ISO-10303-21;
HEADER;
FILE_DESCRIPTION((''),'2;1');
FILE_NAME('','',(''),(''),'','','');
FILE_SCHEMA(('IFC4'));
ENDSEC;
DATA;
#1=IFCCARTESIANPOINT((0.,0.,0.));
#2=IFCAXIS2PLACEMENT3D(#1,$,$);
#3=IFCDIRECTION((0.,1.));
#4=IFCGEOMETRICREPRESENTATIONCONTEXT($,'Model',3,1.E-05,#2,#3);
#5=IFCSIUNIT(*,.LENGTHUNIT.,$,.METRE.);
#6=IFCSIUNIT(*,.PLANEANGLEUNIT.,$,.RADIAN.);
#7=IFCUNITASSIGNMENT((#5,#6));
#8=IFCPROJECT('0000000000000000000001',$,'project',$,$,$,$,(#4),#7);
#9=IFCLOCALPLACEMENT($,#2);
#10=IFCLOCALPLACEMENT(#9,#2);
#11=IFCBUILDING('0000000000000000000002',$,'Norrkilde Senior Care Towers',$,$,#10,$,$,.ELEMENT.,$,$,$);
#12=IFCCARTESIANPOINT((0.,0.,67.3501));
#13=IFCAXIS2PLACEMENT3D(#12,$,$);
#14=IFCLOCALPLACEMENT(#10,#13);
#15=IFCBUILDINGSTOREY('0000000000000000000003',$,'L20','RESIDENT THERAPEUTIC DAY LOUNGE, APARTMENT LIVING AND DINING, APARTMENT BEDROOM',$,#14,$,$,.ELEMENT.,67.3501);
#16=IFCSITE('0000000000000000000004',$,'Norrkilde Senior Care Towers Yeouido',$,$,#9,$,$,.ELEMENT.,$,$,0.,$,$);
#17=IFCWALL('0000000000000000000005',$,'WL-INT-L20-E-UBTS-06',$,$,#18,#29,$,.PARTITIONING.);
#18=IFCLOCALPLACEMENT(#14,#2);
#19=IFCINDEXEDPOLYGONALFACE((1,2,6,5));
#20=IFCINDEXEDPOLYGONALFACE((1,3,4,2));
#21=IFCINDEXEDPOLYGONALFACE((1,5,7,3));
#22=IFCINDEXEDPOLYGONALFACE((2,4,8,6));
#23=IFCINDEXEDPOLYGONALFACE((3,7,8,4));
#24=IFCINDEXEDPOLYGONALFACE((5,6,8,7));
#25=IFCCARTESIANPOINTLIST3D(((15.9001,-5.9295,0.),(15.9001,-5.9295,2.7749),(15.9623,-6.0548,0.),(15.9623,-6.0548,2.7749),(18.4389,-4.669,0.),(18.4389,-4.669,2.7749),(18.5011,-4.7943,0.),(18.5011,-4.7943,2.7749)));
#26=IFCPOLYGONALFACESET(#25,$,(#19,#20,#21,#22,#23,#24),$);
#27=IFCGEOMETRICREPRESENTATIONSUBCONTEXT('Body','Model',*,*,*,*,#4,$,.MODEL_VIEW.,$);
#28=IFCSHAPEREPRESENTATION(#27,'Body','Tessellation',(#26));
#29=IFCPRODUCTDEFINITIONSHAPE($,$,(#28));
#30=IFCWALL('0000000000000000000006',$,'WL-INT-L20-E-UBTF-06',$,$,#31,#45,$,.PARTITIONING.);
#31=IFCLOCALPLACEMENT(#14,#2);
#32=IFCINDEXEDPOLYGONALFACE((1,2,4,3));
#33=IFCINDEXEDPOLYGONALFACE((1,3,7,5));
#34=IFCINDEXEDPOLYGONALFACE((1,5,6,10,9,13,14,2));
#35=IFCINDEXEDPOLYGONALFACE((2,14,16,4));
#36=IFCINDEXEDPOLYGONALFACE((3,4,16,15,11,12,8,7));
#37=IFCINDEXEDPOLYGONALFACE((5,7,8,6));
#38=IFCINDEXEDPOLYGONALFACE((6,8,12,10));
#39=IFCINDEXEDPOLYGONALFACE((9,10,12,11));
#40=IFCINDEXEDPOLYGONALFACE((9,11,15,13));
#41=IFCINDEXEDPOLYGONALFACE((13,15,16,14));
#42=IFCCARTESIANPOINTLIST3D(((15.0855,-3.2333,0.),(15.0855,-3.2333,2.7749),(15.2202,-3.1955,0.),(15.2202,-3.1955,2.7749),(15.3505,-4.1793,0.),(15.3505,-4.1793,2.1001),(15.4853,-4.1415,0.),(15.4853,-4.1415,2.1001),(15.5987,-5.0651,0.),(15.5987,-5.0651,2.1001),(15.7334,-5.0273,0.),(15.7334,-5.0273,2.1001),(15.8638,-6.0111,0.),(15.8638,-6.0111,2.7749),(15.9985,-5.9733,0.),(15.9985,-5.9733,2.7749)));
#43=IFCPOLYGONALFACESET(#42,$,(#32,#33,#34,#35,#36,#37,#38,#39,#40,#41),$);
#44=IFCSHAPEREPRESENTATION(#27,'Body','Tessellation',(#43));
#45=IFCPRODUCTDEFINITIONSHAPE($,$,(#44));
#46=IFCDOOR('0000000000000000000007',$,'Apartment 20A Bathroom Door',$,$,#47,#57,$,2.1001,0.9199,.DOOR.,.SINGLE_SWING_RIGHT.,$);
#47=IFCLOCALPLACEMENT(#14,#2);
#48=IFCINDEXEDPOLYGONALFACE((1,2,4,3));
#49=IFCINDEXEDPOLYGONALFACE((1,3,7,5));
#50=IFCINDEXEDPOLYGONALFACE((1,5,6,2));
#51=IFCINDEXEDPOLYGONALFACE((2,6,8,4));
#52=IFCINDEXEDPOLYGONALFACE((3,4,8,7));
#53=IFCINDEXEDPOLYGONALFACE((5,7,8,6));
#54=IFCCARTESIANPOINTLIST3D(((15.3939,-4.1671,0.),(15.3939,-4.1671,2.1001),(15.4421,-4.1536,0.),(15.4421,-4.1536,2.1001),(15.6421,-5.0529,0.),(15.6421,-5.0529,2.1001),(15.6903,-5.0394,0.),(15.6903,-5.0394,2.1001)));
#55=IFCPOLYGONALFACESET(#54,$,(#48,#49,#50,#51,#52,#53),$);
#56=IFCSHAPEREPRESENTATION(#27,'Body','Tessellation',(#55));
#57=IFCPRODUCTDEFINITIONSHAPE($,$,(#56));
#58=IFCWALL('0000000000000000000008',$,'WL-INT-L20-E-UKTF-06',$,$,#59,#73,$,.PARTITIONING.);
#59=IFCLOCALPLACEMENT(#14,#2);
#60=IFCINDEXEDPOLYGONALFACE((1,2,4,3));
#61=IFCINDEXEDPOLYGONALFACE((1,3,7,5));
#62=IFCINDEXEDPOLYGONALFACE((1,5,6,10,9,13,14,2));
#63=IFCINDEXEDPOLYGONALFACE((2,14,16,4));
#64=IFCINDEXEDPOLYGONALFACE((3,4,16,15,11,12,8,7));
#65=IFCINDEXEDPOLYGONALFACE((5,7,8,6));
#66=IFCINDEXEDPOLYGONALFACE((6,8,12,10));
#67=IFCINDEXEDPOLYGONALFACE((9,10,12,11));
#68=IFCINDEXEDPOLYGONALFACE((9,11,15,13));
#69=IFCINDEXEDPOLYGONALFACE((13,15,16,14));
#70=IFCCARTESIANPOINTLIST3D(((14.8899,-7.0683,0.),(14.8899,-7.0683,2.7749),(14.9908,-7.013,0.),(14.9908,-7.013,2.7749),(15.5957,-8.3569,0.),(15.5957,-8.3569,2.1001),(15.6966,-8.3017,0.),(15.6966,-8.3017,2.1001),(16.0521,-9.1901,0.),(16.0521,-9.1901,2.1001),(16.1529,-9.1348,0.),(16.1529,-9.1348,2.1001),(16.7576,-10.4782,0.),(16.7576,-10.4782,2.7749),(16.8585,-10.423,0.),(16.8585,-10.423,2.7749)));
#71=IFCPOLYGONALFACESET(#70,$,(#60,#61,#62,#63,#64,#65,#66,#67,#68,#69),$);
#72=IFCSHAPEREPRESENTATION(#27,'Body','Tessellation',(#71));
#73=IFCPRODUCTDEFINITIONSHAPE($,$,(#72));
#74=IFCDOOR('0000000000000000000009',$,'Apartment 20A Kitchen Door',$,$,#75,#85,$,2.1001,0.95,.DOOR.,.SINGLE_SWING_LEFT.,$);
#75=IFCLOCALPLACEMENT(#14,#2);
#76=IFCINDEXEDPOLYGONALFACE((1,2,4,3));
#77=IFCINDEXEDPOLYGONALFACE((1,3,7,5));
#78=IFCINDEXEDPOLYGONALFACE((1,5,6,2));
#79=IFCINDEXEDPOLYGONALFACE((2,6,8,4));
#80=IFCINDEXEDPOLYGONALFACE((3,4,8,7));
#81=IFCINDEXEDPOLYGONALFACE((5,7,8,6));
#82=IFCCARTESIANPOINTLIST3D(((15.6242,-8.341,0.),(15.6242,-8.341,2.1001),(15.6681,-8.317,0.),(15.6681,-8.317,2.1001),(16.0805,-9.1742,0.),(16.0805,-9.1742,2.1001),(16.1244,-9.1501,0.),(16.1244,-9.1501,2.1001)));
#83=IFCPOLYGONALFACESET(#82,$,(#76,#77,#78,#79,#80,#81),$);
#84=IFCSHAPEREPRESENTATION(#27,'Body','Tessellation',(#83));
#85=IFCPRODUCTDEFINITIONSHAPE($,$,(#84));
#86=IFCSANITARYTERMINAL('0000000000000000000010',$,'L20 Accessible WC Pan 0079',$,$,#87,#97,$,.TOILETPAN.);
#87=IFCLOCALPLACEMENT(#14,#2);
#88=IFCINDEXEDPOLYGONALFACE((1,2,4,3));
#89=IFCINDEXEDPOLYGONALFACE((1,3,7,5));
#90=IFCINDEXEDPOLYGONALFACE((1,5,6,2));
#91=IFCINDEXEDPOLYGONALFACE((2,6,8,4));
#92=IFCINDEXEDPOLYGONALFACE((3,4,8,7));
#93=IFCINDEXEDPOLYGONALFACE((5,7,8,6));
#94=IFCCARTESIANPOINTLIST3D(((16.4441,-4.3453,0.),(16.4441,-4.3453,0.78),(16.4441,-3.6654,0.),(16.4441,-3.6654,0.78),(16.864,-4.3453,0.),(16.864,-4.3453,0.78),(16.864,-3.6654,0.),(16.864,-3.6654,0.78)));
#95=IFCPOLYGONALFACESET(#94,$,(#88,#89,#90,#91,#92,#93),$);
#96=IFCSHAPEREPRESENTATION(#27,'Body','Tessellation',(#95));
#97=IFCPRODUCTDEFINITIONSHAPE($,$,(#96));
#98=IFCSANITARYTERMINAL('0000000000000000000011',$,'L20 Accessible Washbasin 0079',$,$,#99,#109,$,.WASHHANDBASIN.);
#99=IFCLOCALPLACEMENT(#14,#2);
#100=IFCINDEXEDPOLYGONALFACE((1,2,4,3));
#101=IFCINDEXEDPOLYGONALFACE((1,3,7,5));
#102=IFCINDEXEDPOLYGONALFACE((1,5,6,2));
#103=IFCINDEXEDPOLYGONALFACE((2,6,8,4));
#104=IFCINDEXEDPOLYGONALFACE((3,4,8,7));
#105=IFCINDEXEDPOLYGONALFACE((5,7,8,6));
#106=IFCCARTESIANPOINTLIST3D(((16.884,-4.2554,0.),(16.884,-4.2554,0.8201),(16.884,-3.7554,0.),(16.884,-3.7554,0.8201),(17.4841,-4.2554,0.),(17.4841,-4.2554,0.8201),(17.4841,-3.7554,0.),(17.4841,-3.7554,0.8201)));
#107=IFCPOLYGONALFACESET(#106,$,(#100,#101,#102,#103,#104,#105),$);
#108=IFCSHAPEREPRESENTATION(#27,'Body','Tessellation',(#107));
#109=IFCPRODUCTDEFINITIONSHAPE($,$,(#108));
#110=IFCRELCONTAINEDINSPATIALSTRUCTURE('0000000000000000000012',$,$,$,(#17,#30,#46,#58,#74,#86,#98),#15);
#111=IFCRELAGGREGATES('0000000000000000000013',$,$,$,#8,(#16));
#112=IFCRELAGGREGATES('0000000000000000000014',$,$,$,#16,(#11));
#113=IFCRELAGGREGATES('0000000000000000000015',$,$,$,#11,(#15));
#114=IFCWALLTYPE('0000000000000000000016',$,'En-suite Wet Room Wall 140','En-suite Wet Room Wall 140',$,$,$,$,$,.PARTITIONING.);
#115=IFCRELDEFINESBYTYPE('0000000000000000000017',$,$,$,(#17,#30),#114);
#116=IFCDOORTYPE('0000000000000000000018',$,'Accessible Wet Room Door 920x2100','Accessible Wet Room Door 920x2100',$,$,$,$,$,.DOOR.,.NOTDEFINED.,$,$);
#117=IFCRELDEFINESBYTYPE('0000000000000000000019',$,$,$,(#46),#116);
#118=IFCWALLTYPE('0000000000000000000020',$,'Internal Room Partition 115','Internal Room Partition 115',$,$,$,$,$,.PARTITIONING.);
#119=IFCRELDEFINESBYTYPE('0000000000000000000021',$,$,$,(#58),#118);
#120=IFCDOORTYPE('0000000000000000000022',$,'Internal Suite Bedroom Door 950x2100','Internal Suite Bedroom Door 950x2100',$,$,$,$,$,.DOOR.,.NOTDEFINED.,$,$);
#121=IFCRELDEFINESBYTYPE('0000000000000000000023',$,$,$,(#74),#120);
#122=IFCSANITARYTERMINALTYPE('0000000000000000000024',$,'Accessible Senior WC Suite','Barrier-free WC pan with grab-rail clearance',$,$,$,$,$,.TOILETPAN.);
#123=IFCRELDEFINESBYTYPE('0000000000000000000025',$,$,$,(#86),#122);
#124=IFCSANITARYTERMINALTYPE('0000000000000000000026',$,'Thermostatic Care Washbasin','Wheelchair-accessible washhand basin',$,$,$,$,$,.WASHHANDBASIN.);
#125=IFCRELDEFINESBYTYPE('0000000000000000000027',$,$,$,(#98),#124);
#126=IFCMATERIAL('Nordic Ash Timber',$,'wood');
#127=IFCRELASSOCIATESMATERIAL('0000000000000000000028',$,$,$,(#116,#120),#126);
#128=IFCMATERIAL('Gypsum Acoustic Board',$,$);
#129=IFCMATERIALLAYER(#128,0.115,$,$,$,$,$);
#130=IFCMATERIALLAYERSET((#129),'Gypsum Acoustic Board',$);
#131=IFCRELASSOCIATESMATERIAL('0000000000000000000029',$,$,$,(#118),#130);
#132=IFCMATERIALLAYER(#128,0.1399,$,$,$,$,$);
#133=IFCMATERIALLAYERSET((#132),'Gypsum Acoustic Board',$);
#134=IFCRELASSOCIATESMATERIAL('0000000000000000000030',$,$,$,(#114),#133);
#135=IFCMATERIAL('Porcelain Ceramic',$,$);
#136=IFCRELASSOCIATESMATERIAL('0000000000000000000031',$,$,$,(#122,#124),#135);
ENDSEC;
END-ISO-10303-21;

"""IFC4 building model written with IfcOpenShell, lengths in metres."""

from ifc_helpers import new_model, si_unit, direction, frame, frame_2d, origin, origin_2d, place, context, subcontext, project, spatial, rectangle, extrude, source, transform, mapped, material, layer, layer_set, type_object, type_shapes, element, fill, save


model = new_model("IFC4")

# Units and contexts
model_context = context("Model", 3, precision=1e-05, world=origin(), true_north=direction((0.0, 1.0)))
body_context = subcontext(model_context, "Body", "Model", "MODEL_VIEW")
ifc_project = project(units=[si_unit("LENGTHUNIT", "METRE"), si_unit("PLANEANGLEUNIT", "RADIAN")], contexts=[model_context])

# Site, building, storey
site_placement = place(None, origin())
site = spatial("IfcSite", under=ifc_project, at=site_placement, Name="Norrkilde Senior Care Towers Yeouido", CompositionType="ELEMENT", RefElevation=0.0)
building_placement = place(site_placement, origin())
building = spatial("IfcBuilding", under=site, at=building_placement, Name="Norrkilde Senior Care Towers", CompositionType="ELEMENT")
storey_placement = place(building_placement, frame((0.0, 0.0, 67.3501)))
storey = spatial("IfcBuildingStorey", under=building, at=storey_placement, Name="L20", Description="RESIDENT THERAPEUTIC DAY LOUNGE, APARTMENT LIVING AND DINING, APARTMENT BEDROOM", CompositionType="ELEMENT", Elevation=67.3501)

# Shared definitions
ifc_material_1 = material(Name="Gypsum Acoustic Board")
ifc_material_2 = material(Name="Nordic Ash Timber", Category="wood")
door_type_1 = type_object("IfcDoorType", Name="Accessible Wet Room Door 920x2100", Description="Accessible Wet Room Door 920x2100", OperationType="NOTDEFINED", PredefinedType="DOOR", material=ifc_material_2)
shared_shape_1 = source(origin(), body_context, "Body", "SweptSolid", [
    extrude(rectangle(XDim=0.9199, YDim=2.1001, at=frame_2d((0.46, 1.05))), frame((0.0, 0.0249, 0.0), z_axis=(0.0, -1.0, 0.0), x_axis=(1.0, 0.0, 0.0)), (0.0, 0.0, 1.0), 0.05),
])
type_shapes(door_type_1, [shared_shape_1])

# Wall
ifc_layer_1 = layer(ifc_material_1, 0.115)
ifc_layer_set_1 = layer_set([ifc_layer_1], Name="Gypsum Acoustic Board")
wall_type_1 = type_object("IfcWallType", Name="Internal Room Partition 115", Description="Internal Room Partition 115", PredefinedType="PARTITIONING", material=ifc_layer_set_1)
ifc_layer_2 = layer(ifc_material_1, 0.1399)
ifc_layer_set_2 = layer_set([ifc_layer_2], Name="Gypsum Acoustic Board")
wall_type_2 = type_object("IfcWallType", Name="En-suite Wet Room Wall 140", Description="En-suite Wet Room Wall 140", PredefinedType="PARTITIONING", material=ifc_layer_set_2)
shared_shape_2 = source(origin(), body_context, "Body", "SweptSolid", [
    extrude(rectangle(XDim=2.8345, YDim=0.1399, at=frame_2d((1.4172, 0.0))), origin(), (0.0, 0.0, 1.0), 2.7749),
])
wall_1_placement = place(storey_placement, frame((18.47, -4.7317, 0.0), z_axis=(0.0, 0.0, 1.0), x_axis=(-0.895681, -0.444697, 0.0)))
element("IfcWall", 1, at=wall_1_placement, inside=storey, type_object=wall_type_2, Name="WL-INT-L20-E-UBTS-06", PredefinedType="PARTITIONING", context=body_context, shape_type="MappedRepresentation", body=[
    mapped(shared_shape_2, transform((0.0, 0.0, 0.0), x_axis=(1.0, 0.0, 0.0), y_axis=(0.0, 1.0, 0.0), z_axis=(0.0, 0.0, 1.0), scale=1.0)),
])

# Walls, openings, doors
shared_shape_3 = source(origin(), body_context, "Body", "SweptSolid", [
    extrude(rectangle(XDim=2.8848, YDim=0.1399, at=frame_2d((1.4424, 0.0))), origin(), (0.0, 0.0, 1.0), 2.7749),
])
type_shapes(wall_type_2, [shared_shape_2, shared_shape_3])
wall_2_placement = place(storey_placement, frame((15.9312, -5.9922, 0.0), z_axis=(0.0, 0.0, 1.0), x_axis=(-0.269799, 0.962917, 0.0)))
wall_2 = element("IfcWall", 2, at=wall_2_placement, inside=storey, type_object=wall_type_2, Name="WL-INT-L20-E-UBTF-06", PredefinedType="PARTITIONING", context=body_context, shape_type="MappedRepresentation", body=[
    mapped(shared_shape_3, transform((0.0, 0.0, 0.0), x_axis=(1.0, 0.0, 0.0), y_axis=(0.0, 1.0, 0.0), z_axis=(0.0, 0.0, 1.0), scale=1.0)),
])
opening_1_placement = place(wall_2_placement, frame((0.9824, 0.0, 0.0)))
opening_1 = element("IfcOpeningElement", 3, at=opening_1_placement, cuts=wall_2, PredefinedType="OPENING", context=body_context, shape_type="SweptSolid", body=[
    extrude(rectangle(XDim=0.9199, YDim=2.1001, at=frame_2d((0.46, 1.05))), frame((0.0, 0.0798, 0.0), z_axis=(0.0, -1.0, 0.0), x_axis=(1.0, 0.0, 0.0)), (0.0, 0.0, 1.0), 0.1599),
])
door_1_placement = place(opening_1_placement, origin())
door_1 = element("IfcDoor", 4, at=door_1_placement, inside=storey, type_object=door_type_1, Name="Apartment 20A Bathroom Door", OperationType="SINGLE_SWING_RIGHT", OverallHeight=2.1001, OverallWidth=0.9199, PredefinedType="DOOR", context=body_context, shape_type="MappedRepresentation", body=[
    mapped(shared_shape_1, transform((0.0, 0.0, 0.0), x_axis=(1.0, 0.0, 0.0), y_axis=(0.0, 1.0, 0.0), z_axis=(0.0, 0.0, 1.0), scale=1.0)),
])
fill(opening_1, door_1)
shared_shape_4 = source(origin(), body_context, "Body", "SweptSolid", [
    extrude(rectangle(XDim=3.8879, YDim=0.115, at=frame_2d((1.9438, 0.0))), origin(), (0.0, 0.0, 1.0), 2.7749),
])
wall_3_placement = place(storey_placement, frame((14.9404, -7.0408, 0.0), z_axis=(0.0, 0.0, 1.0), x_axis=(0.480382, -0.877059, 0.0)))
wall_3 = element("IfcWall", 5, at=wall_3_placement, inside=storey, type_object=wall_type_1, Name="WL-INT-L20-E-UKTF-06", PredefinedType="PARTITIONING", context=body_context, shape_type="MappedRepresentation", body=[
    mapped(shared_shape_4, transform((0.0, 0.0, 0.0), x_axis=(1.0, 0.0, 0.0), y_axis=(0.0, 1.0, 0.0), z_axis=(0.0, 0.0, 1.0), scale=1.0)),
])
opening_2_placement = place(wall_3_placement, frame((1.469, 0.0, 0.0)))
opening_2 = element("IfcOpeningElement", 6, at=opening_2_placement, cuts=wall_3, PredefinedType="OPENING", context=body_context, shape_type="SweptSolid", body=[
    extrude(rectangle(XDim=0.95, YDim=2.1001, at=frame_2d((0.4751, 1.05))), frame((0.0, 0.0674, 0.0), z_axis=(0.0, -1.0, 0.0), x_axis=(1.0, 0.0, 0.0)), (0.0, 0.0, 1.0), 0.135),
])
door_type_2 = type_object("IfcDoorType", Name="Internal Suite Bedroom Door 950x2100", Description="Internal Suite Bedroom Door 950x2100", OperationType="NOTDEFINED", PredefinedType="DOOR", material=ifc_material_2)
shared_shape_5 = source(origin(), body_context, "Body", "SweptSolid", [
    extrude(rectangle(XDim=0.95, YDim=2.1001, at=frame_2d((0.4751, 1.05))), frame((0.0, 0.0249, 0.0), z_axis=(0.0, -1.0, 0.0), x_axis=(1.0, 0.0, 0.0)), (0.0, 0.0, 1.0), 0.05),
])
type_shapes(door_type_2, [shared_shape_5])
door_2_placement = place(opening_2_placement, frame((0.95, 0.0, 0.0), z_axis=(0.0, 0.0, 1.0), x_axis=(-1.0, 0.0, 0.0)))
door_2 = element("IfcDoor", 7, at=door_2_placement, inside=storey, type_object=door_type_2, Name="Apartment 20A Kitchen Door", OperationType="SINGLE_SWING_LEFT", OverallHeight=2.1001, OverallWidth=0.95, PredefinedType="DOOR", context=body_context, shape_type="MappedRepresentation", body=[
    mapped(shared_shape_5, transform((0.0, 0.0, 0.0), x_axis=(1.0, 0.0, 0.0), y_axis=(0.0, 1.0, 0.0), z_axis=(0.0, 0.0, 1.0), scale=1.0)),
])
fill(opening_2, door_2)

# Sanitary terminals
ifc_material_3 = material(Name="Porcelain Ceramic")
sanitary_terminal_type_1 = type_object("IfcSanitaryTerminalType", Name="Accessible Senior WC Suite", Description="Barrier-free WC pan with grab-rail clearance", PredefinedType="TOILETPAN", material=ifc_material_3)
shared_shape_6 = source(origin(), body_context, "Body", "SweptSolid", [
    extrude(rectangle(XDim=0.4199, YDim=0.6799, at=origin_2d()), origin(), (0.0, 0.0, 1.0), 0.78),
])
type_shapes(sanitary_terminal_type_1, [shared_shape_6])
sanitary_terminal_1_placement = place(storey_placement, frame((16.6541, -4.0054, 0.0), z_axis=(0.0, 0.0, 1.0), x_axis=(1.0, 0.0, 0.0)))
element("IfcSanitaryTerminal", 8, at=sanitary_terminal_1_placement, inside=storey, type_object=sanitary_terminal_type_1, Name="L20 Accessible WC Pan 0079", PredefinedType="TOILETPAN", context=body_context, shape_type="MappedRepresentation", body=[
    mapped(shared_shape_6, transform((0.0, 0.0, 0.0), x_axis=(1.0, 0.0, 0.0), y_axis=(0.0, 1.0, 0.0), z_axis=(0.0, 0.0, 1.0), scale=1.0)),
])
sanitary_terminal_type_2 = type_object("IfcSanitaryTerminalType", Name="Thermostatic Care Washbasin", Description="Wheelchair-accessible washhand basin", PredefinedType="WASHHANDBASIN", material=ifc_material_3)
shared_shape_7 = source(origin(), body_context, "Body", "SweptSolid", [
    extrude(rectangle(XDim=0.6001, YDim=0.5, at=origin_2d()), origin(), (0.0, 0.0, 1.0), 0.8201),
])
type_shapes(sanitary_terminal_type_2, [shared_shape_7])
sanitary_terminal_2_placement = place(storey_placement, frame((17.1841, -4.0054, 0.0), z_axis=(0.0, 0.0, 1.0), x_axis=(1.0, 0.0, 0.0)))
element("IfcSanitaryTerminal", 9, at=sanitary_terminal_2_placement, inside=storey, type_object=sanitary_terminal_type_2, Name="L20 Accessible Washbasin 0079", PredefinedType="WASHHANDBASIN", context=body_context, shape_type="MappedRepresentation", body=[
    mapped(shared_shape_7, transform((0.0, 0.0, 0.0), x_axis=(1.0, 0.0, 0.0), y_axis=(0.0, 1.0, 0.0), z_axis=(0.0, 0.0, 1.0), scale=1.0)),
])

save(model, "model.ifc")
